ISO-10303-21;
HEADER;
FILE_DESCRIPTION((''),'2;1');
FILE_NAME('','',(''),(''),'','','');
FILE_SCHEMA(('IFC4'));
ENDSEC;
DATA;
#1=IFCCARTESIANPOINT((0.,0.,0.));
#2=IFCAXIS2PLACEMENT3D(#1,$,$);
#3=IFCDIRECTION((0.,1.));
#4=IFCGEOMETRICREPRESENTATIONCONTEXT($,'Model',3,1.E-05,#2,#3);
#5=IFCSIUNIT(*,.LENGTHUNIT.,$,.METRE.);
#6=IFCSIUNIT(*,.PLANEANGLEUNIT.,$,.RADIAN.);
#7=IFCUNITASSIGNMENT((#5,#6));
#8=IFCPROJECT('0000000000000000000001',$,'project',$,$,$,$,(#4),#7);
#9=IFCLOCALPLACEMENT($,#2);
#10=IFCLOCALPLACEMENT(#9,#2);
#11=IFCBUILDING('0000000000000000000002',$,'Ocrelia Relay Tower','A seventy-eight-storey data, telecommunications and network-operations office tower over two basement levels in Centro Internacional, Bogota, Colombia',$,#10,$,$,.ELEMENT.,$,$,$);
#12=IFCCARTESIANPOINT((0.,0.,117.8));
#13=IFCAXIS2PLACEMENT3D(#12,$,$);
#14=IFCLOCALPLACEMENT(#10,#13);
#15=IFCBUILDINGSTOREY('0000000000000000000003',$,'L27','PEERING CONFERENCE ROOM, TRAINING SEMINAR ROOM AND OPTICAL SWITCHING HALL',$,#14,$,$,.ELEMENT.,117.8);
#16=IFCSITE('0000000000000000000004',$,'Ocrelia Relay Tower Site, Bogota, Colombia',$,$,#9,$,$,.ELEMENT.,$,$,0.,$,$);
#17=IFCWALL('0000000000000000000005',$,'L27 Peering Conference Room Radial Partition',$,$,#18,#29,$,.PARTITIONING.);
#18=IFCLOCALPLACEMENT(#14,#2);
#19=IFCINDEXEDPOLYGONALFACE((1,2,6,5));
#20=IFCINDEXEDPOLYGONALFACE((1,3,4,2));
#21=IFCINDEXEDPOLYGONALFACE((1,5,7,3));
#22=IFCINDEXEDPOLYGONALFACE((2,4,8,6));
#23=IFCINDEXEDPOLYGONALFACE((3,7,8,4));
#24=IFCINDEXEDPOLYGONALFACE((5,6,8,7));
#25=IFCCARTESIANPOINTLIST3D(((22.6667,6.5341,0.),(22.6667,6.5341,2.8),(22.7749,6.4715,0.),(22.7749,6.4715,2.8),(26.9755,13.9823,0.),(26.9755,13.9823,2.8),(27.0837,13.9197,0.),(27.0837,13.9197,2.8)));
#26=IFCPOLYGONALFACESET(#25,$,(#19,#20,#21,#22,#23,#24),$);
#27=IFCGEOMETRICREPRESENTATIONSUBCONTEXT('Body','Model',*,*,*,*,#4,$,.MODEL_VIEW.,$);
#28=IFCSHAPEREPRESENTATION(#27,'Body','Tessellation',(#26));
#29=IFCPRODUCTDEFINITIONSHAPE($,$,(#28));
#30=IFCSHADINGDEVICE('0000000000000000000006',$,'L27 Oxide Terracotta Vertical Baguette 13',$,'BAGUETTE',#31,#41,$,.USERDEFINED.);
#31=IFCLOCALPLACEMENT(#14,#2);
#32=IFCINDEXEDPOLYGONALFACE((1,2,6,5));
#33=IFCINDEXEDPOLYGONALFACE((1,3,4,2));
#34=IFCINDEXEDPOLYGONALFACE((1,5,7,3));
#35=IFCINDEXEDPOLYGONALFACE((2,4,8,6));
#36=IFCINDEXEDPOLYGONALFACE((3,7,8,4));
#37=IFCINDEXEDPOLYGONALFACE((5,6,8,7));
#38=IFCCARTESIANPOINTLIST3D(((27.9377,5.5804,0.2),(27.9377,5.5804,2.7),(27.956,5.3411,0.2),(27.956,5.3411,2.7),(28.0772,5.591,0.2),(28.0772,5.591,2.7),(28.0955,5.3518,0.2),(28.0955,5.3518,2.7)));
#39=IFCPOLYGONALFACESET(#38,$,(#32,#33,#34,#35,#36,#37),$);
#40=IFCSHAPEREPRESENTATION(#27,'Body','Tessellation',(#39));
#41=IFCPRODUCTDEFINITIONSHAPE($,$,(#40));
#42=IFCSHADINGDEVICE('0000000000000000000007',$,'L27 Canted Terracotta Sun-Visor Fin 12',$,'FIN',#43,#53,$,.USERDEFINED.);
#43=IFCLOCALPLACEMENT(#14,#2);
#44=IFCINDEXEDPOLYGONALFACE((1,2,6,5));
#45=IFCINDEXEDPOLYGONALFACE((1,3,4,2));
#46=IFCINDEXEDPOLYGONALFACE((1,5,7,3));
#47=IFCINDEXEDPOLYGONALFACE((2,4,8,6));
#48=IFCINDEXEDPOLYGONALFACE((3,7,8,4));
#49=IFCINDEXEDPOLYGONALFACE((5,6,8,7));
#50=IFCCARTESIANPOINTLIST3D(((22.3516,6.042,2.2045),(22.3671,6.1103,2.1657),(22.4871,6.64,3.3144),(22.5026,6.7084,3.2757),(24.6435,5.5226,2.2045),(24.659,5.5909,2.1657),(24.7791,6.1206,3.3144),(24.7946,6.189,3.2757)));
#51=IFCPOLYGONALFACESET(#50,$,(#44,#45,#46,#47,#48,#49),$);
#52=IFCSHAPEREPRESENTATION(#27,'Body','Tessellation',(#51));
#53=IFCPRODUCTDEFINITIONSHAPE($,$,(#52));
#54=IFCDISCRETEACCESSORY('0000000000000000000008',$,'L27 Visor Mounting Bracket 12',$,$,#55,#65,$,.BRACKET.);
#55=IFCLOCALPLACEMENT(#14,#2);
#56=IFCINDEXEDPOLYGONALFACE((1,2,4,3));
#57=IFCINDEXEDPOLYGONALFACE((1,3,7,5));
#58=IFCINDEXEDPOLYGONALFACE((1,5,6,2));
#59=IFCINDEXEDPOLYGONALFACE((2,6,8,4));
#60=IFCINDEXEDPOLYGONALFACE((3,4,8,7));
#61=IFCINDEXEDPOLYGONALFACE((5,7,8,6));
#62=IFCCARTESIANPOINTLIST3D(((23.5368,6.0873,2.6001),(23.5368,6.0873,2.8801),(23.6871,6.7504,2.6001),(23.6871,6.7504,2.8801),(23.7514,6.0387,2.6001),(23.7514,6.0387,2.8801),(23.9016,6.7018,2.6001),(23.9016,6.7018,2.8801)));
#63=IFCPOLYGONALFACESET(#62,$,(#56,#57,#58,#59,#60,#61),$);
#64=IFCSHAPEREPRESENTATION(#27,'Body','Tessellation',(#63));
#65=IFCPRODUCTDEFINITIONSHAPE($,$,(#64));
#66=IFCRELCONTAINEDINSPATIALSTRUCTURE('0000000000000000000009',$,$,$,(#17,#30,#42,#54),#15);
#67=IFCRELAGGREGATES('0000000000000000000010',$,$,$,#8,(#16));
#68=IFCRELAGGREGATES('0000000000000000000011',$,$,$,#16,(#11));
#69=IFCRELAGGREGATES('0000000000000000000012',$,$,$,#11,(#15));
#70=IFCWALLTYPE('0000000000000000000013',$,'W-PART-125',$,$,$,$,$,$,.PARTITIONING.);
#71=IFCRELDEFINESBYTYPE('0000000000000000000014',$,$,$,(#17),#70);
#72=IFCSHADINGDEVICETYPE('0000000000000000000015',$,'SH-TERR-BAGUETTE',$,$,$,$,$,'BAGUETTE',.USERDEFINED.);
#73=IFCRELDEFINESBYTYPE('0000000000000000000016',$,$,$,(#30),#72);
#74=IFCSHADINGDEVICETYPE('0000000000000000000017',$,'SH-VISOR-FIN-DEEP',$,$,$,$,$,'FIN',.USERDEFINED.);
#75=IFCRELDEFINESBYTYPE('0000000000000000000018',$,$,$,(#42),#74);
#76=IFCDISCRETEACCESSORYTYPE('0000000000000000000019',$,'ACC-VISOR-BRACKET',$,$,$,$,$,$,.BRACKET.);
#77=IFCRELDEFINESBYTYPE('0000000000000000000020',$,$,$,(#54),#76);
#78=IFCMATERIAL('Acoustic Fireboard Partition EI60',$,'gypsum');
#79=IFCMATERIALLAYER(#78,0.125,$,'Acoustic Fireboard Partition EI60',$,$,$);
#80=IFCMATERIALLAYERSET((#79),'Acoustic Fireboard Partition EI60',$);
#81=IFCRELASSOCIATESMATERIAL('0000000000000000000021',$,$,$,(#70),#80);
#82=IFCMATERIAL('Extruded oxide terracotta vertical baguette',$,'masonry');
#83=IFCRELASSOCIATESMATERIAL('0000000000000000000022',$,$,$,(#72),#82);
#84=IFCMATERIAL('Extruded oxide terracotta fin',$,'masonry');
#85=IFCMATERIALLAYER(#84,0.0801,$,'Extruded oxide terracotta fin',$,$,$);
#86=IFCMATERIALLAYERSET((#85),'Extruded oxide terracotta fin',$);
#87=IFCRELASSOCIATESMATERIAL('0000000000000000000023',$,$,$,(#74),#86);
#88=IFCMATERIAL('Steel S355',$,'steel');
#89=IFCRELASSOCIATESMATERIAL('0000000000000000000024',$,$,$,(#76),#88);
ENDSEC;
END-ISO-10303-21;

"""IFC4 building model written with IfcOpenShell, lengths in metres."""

from ifc_helpers import new_model, si_unit, direction, frame, frame_2d, origin, origin_2d, place, context, subcontext, project, spatial, rectangle, extrude, material, layer, layer_set, type_object, element, save


model = new_model("IFC4")

# Units and contexts
model_context = context("Model", 3, precision=1e-05, world=origin(), true_north=direction((0.0, 1.0)))
body_context = subcontext(model_context, "Body", "Model", "MODEL_VIEW")
ifc_project = project(units=[si_unit("LENGTHUNIT", "METRE"), si_unit("PLANEANGLEUNIT", "RADIAN")], contexts=[model_context])

# Site, building, storey
site_placement = place(None, origin())
site = spatial("IfcSite", under=ifc_project, at=site_placement, Name="Ocrelia Relay Tower Site, Bogota, Colombia", CompositionType="ELEMENT", RefElevation=0.0)
building_placement = place(site_placement, origin())
building = spatial("IfcBuilding", under=site, at=building_placement, Name="Ocrelia Relay Tower", Description="A seventy-eight-storey data, telecommunications and network-operations office tower over two basement levels in Centro Internacional, Bogota, Colombia", CompositionType="ELEMENT")
storey_placement = place(building_placement, frame((0.0, 0.0, 117.8)))
storey = spatial("IfcBuildingStorey", under=building, at=storey_placement, Name="L27", Description="PEERING CONFERENCE ROOM, TRAINING SEMINAR ROOM AND OPTICAL SWITCHING HALL", CompositionType="ELEMENT", Elevation=117.8)

# Shared definitions
ifc_material_1 = material(Name="Steel S355", Category="steel")

# Wall
ifc_material_2 = material(Name="Acoustic Fireboard Partition EI60", Category="gypsum")
ifc_layer_1 = layer(ifc_material_2, 0.125, Name="Acoustic Fireboard Partition EI60")
ifc_layer_set_1 = layer_set([ifc_layer_1], Name="Acoustic Fireboard Partition EI60")
wall_type_1 = type_object("IfcWallType", Name="W-PART-125", PredefinedType="PARTITIONING", material=ifc_layer_set_1)
wall_1_placement = place(storey_placement, frame((27.0295, 13.9509, 0.0), z_axis=(0.0, 0.0, 1.0), x_axis=(-0.500749, -0.865593, 0.0)))
element("IfcWall", 1, at=wall_1_placement, inside=storey, type_object=wall_type_1, Name="L27 Peering Conference Room Radial Partition", PredefinedType="PARTITIONING", context=body_context, shape_type="SweptSolid", body=[
    extrude(rectangle(XDim=8.6047, YDim=0.125, at=frame_2d((4.3022, 0.0))), origin(), (0.0, 0.0, 1.0), 2.8),
])

# Shading devices
ifc_material_3 = material(Name="Extruded oxide terracotta vertical baguette", Category="masonry")
shading_device_type_1 = type_object("IfcShadingDeviceType", Name="SH-TERR-BAGUETTE", ElementType="BAGUETTE", PredefinedType="USERDEFINED", material=ifc_material_3)
shading_device_1_placement = place(storey_placement, frame((28.0166, 5.4661, 0.2), z_axis=(0.0, 0.0, 1.0), x_axis=(0.997081, 0.076353, 0.0)))
element("IfcShadingDevice", 2, at=shading_device_1_placement, inside=storey, type_object=shading_device_type_1, Name="L27 Oxide Terracotta Vertical Baguette 13", ObjectType="BAGUETTE", PredefinedType="USERDEFINED", context=body_context, shape_type="SweptSolid", body=[
    extrude(rectangle(XDim=0.1399, YDim=0.24, at=origin_2d()), origin(), (0.0, 0.0, 1.0), 2.5),
])
ifc_material_4 = material(Name="Extruded oxide terracotta fin", Category="masonry")
ifc_layer_2 = layer(ifc_material_4, 0.0801, Name="Extruded oxide terracotta fin")
ifc_layer_set_2 = layer_set([ifc_layer_2], Name="Extruded oxide terracotta fin")
shading_device_type_2 = type_object("IfcShadingDeviceType", Name="SH-VISOR-FIN-DEEP", ElementType="FIN", PredefinedType="USERDEFINED", material=ifc_layer_set_2)
shading_device_2_placement = place(storey_placement, frame((23.5808, 6.1497, 2.7207), z_axis=(-0.193447, -0.853651, 0.483588), x_axis=(0.975272, -0.221008, 0.0)))
element("IfcShadingDevice", 3, at=shading_device_2_placement, inside=storey, type_object=shading_device_type_2, Name="L27 Canted Terracotta Sun-Visor Fin 12", ObjectType="FIN", PredefinedType="USERDEFINED", context=body_context, shape_type="SweptSolid", body=[
    extrude(rectangle(XDim=2.3501, YDim=1.2681, at=origin_2d()), origin(), (0.0, 0.0, 1.0), 0.0801),
])

# Discrete accessory
discrete_accessory_type = type_object("IfcDiscreteAccessoryType", Name="ACC-VISOR-BRACKET", PredefinedType="BRACKET", material=ifc_material_1)
discrete_accessory_placement = place(storey_placement, frame((23.7192, 6.3945, 2.6001), z_axis=(0.0, 0.0, 1.0), x_axis=(0.975272, -0.221008, 0.0)))
element("IfcDiscreteAccessory", 4, at=discrete_accessory_placement, inside=storey, type_object=discrete_accessory_type, Name="L27 Visor Mounting Bracket 12", PredefinedType="BRACKET", context=body_context, shape_type="SweptSolid", body=[
    extrude(rectangle(XDim=0.22, YDim=0.6799, at=origin_2d()), origin(), (0.0, 0.0, 1.0), 0.28),
])

save(model, "model.ifc")
